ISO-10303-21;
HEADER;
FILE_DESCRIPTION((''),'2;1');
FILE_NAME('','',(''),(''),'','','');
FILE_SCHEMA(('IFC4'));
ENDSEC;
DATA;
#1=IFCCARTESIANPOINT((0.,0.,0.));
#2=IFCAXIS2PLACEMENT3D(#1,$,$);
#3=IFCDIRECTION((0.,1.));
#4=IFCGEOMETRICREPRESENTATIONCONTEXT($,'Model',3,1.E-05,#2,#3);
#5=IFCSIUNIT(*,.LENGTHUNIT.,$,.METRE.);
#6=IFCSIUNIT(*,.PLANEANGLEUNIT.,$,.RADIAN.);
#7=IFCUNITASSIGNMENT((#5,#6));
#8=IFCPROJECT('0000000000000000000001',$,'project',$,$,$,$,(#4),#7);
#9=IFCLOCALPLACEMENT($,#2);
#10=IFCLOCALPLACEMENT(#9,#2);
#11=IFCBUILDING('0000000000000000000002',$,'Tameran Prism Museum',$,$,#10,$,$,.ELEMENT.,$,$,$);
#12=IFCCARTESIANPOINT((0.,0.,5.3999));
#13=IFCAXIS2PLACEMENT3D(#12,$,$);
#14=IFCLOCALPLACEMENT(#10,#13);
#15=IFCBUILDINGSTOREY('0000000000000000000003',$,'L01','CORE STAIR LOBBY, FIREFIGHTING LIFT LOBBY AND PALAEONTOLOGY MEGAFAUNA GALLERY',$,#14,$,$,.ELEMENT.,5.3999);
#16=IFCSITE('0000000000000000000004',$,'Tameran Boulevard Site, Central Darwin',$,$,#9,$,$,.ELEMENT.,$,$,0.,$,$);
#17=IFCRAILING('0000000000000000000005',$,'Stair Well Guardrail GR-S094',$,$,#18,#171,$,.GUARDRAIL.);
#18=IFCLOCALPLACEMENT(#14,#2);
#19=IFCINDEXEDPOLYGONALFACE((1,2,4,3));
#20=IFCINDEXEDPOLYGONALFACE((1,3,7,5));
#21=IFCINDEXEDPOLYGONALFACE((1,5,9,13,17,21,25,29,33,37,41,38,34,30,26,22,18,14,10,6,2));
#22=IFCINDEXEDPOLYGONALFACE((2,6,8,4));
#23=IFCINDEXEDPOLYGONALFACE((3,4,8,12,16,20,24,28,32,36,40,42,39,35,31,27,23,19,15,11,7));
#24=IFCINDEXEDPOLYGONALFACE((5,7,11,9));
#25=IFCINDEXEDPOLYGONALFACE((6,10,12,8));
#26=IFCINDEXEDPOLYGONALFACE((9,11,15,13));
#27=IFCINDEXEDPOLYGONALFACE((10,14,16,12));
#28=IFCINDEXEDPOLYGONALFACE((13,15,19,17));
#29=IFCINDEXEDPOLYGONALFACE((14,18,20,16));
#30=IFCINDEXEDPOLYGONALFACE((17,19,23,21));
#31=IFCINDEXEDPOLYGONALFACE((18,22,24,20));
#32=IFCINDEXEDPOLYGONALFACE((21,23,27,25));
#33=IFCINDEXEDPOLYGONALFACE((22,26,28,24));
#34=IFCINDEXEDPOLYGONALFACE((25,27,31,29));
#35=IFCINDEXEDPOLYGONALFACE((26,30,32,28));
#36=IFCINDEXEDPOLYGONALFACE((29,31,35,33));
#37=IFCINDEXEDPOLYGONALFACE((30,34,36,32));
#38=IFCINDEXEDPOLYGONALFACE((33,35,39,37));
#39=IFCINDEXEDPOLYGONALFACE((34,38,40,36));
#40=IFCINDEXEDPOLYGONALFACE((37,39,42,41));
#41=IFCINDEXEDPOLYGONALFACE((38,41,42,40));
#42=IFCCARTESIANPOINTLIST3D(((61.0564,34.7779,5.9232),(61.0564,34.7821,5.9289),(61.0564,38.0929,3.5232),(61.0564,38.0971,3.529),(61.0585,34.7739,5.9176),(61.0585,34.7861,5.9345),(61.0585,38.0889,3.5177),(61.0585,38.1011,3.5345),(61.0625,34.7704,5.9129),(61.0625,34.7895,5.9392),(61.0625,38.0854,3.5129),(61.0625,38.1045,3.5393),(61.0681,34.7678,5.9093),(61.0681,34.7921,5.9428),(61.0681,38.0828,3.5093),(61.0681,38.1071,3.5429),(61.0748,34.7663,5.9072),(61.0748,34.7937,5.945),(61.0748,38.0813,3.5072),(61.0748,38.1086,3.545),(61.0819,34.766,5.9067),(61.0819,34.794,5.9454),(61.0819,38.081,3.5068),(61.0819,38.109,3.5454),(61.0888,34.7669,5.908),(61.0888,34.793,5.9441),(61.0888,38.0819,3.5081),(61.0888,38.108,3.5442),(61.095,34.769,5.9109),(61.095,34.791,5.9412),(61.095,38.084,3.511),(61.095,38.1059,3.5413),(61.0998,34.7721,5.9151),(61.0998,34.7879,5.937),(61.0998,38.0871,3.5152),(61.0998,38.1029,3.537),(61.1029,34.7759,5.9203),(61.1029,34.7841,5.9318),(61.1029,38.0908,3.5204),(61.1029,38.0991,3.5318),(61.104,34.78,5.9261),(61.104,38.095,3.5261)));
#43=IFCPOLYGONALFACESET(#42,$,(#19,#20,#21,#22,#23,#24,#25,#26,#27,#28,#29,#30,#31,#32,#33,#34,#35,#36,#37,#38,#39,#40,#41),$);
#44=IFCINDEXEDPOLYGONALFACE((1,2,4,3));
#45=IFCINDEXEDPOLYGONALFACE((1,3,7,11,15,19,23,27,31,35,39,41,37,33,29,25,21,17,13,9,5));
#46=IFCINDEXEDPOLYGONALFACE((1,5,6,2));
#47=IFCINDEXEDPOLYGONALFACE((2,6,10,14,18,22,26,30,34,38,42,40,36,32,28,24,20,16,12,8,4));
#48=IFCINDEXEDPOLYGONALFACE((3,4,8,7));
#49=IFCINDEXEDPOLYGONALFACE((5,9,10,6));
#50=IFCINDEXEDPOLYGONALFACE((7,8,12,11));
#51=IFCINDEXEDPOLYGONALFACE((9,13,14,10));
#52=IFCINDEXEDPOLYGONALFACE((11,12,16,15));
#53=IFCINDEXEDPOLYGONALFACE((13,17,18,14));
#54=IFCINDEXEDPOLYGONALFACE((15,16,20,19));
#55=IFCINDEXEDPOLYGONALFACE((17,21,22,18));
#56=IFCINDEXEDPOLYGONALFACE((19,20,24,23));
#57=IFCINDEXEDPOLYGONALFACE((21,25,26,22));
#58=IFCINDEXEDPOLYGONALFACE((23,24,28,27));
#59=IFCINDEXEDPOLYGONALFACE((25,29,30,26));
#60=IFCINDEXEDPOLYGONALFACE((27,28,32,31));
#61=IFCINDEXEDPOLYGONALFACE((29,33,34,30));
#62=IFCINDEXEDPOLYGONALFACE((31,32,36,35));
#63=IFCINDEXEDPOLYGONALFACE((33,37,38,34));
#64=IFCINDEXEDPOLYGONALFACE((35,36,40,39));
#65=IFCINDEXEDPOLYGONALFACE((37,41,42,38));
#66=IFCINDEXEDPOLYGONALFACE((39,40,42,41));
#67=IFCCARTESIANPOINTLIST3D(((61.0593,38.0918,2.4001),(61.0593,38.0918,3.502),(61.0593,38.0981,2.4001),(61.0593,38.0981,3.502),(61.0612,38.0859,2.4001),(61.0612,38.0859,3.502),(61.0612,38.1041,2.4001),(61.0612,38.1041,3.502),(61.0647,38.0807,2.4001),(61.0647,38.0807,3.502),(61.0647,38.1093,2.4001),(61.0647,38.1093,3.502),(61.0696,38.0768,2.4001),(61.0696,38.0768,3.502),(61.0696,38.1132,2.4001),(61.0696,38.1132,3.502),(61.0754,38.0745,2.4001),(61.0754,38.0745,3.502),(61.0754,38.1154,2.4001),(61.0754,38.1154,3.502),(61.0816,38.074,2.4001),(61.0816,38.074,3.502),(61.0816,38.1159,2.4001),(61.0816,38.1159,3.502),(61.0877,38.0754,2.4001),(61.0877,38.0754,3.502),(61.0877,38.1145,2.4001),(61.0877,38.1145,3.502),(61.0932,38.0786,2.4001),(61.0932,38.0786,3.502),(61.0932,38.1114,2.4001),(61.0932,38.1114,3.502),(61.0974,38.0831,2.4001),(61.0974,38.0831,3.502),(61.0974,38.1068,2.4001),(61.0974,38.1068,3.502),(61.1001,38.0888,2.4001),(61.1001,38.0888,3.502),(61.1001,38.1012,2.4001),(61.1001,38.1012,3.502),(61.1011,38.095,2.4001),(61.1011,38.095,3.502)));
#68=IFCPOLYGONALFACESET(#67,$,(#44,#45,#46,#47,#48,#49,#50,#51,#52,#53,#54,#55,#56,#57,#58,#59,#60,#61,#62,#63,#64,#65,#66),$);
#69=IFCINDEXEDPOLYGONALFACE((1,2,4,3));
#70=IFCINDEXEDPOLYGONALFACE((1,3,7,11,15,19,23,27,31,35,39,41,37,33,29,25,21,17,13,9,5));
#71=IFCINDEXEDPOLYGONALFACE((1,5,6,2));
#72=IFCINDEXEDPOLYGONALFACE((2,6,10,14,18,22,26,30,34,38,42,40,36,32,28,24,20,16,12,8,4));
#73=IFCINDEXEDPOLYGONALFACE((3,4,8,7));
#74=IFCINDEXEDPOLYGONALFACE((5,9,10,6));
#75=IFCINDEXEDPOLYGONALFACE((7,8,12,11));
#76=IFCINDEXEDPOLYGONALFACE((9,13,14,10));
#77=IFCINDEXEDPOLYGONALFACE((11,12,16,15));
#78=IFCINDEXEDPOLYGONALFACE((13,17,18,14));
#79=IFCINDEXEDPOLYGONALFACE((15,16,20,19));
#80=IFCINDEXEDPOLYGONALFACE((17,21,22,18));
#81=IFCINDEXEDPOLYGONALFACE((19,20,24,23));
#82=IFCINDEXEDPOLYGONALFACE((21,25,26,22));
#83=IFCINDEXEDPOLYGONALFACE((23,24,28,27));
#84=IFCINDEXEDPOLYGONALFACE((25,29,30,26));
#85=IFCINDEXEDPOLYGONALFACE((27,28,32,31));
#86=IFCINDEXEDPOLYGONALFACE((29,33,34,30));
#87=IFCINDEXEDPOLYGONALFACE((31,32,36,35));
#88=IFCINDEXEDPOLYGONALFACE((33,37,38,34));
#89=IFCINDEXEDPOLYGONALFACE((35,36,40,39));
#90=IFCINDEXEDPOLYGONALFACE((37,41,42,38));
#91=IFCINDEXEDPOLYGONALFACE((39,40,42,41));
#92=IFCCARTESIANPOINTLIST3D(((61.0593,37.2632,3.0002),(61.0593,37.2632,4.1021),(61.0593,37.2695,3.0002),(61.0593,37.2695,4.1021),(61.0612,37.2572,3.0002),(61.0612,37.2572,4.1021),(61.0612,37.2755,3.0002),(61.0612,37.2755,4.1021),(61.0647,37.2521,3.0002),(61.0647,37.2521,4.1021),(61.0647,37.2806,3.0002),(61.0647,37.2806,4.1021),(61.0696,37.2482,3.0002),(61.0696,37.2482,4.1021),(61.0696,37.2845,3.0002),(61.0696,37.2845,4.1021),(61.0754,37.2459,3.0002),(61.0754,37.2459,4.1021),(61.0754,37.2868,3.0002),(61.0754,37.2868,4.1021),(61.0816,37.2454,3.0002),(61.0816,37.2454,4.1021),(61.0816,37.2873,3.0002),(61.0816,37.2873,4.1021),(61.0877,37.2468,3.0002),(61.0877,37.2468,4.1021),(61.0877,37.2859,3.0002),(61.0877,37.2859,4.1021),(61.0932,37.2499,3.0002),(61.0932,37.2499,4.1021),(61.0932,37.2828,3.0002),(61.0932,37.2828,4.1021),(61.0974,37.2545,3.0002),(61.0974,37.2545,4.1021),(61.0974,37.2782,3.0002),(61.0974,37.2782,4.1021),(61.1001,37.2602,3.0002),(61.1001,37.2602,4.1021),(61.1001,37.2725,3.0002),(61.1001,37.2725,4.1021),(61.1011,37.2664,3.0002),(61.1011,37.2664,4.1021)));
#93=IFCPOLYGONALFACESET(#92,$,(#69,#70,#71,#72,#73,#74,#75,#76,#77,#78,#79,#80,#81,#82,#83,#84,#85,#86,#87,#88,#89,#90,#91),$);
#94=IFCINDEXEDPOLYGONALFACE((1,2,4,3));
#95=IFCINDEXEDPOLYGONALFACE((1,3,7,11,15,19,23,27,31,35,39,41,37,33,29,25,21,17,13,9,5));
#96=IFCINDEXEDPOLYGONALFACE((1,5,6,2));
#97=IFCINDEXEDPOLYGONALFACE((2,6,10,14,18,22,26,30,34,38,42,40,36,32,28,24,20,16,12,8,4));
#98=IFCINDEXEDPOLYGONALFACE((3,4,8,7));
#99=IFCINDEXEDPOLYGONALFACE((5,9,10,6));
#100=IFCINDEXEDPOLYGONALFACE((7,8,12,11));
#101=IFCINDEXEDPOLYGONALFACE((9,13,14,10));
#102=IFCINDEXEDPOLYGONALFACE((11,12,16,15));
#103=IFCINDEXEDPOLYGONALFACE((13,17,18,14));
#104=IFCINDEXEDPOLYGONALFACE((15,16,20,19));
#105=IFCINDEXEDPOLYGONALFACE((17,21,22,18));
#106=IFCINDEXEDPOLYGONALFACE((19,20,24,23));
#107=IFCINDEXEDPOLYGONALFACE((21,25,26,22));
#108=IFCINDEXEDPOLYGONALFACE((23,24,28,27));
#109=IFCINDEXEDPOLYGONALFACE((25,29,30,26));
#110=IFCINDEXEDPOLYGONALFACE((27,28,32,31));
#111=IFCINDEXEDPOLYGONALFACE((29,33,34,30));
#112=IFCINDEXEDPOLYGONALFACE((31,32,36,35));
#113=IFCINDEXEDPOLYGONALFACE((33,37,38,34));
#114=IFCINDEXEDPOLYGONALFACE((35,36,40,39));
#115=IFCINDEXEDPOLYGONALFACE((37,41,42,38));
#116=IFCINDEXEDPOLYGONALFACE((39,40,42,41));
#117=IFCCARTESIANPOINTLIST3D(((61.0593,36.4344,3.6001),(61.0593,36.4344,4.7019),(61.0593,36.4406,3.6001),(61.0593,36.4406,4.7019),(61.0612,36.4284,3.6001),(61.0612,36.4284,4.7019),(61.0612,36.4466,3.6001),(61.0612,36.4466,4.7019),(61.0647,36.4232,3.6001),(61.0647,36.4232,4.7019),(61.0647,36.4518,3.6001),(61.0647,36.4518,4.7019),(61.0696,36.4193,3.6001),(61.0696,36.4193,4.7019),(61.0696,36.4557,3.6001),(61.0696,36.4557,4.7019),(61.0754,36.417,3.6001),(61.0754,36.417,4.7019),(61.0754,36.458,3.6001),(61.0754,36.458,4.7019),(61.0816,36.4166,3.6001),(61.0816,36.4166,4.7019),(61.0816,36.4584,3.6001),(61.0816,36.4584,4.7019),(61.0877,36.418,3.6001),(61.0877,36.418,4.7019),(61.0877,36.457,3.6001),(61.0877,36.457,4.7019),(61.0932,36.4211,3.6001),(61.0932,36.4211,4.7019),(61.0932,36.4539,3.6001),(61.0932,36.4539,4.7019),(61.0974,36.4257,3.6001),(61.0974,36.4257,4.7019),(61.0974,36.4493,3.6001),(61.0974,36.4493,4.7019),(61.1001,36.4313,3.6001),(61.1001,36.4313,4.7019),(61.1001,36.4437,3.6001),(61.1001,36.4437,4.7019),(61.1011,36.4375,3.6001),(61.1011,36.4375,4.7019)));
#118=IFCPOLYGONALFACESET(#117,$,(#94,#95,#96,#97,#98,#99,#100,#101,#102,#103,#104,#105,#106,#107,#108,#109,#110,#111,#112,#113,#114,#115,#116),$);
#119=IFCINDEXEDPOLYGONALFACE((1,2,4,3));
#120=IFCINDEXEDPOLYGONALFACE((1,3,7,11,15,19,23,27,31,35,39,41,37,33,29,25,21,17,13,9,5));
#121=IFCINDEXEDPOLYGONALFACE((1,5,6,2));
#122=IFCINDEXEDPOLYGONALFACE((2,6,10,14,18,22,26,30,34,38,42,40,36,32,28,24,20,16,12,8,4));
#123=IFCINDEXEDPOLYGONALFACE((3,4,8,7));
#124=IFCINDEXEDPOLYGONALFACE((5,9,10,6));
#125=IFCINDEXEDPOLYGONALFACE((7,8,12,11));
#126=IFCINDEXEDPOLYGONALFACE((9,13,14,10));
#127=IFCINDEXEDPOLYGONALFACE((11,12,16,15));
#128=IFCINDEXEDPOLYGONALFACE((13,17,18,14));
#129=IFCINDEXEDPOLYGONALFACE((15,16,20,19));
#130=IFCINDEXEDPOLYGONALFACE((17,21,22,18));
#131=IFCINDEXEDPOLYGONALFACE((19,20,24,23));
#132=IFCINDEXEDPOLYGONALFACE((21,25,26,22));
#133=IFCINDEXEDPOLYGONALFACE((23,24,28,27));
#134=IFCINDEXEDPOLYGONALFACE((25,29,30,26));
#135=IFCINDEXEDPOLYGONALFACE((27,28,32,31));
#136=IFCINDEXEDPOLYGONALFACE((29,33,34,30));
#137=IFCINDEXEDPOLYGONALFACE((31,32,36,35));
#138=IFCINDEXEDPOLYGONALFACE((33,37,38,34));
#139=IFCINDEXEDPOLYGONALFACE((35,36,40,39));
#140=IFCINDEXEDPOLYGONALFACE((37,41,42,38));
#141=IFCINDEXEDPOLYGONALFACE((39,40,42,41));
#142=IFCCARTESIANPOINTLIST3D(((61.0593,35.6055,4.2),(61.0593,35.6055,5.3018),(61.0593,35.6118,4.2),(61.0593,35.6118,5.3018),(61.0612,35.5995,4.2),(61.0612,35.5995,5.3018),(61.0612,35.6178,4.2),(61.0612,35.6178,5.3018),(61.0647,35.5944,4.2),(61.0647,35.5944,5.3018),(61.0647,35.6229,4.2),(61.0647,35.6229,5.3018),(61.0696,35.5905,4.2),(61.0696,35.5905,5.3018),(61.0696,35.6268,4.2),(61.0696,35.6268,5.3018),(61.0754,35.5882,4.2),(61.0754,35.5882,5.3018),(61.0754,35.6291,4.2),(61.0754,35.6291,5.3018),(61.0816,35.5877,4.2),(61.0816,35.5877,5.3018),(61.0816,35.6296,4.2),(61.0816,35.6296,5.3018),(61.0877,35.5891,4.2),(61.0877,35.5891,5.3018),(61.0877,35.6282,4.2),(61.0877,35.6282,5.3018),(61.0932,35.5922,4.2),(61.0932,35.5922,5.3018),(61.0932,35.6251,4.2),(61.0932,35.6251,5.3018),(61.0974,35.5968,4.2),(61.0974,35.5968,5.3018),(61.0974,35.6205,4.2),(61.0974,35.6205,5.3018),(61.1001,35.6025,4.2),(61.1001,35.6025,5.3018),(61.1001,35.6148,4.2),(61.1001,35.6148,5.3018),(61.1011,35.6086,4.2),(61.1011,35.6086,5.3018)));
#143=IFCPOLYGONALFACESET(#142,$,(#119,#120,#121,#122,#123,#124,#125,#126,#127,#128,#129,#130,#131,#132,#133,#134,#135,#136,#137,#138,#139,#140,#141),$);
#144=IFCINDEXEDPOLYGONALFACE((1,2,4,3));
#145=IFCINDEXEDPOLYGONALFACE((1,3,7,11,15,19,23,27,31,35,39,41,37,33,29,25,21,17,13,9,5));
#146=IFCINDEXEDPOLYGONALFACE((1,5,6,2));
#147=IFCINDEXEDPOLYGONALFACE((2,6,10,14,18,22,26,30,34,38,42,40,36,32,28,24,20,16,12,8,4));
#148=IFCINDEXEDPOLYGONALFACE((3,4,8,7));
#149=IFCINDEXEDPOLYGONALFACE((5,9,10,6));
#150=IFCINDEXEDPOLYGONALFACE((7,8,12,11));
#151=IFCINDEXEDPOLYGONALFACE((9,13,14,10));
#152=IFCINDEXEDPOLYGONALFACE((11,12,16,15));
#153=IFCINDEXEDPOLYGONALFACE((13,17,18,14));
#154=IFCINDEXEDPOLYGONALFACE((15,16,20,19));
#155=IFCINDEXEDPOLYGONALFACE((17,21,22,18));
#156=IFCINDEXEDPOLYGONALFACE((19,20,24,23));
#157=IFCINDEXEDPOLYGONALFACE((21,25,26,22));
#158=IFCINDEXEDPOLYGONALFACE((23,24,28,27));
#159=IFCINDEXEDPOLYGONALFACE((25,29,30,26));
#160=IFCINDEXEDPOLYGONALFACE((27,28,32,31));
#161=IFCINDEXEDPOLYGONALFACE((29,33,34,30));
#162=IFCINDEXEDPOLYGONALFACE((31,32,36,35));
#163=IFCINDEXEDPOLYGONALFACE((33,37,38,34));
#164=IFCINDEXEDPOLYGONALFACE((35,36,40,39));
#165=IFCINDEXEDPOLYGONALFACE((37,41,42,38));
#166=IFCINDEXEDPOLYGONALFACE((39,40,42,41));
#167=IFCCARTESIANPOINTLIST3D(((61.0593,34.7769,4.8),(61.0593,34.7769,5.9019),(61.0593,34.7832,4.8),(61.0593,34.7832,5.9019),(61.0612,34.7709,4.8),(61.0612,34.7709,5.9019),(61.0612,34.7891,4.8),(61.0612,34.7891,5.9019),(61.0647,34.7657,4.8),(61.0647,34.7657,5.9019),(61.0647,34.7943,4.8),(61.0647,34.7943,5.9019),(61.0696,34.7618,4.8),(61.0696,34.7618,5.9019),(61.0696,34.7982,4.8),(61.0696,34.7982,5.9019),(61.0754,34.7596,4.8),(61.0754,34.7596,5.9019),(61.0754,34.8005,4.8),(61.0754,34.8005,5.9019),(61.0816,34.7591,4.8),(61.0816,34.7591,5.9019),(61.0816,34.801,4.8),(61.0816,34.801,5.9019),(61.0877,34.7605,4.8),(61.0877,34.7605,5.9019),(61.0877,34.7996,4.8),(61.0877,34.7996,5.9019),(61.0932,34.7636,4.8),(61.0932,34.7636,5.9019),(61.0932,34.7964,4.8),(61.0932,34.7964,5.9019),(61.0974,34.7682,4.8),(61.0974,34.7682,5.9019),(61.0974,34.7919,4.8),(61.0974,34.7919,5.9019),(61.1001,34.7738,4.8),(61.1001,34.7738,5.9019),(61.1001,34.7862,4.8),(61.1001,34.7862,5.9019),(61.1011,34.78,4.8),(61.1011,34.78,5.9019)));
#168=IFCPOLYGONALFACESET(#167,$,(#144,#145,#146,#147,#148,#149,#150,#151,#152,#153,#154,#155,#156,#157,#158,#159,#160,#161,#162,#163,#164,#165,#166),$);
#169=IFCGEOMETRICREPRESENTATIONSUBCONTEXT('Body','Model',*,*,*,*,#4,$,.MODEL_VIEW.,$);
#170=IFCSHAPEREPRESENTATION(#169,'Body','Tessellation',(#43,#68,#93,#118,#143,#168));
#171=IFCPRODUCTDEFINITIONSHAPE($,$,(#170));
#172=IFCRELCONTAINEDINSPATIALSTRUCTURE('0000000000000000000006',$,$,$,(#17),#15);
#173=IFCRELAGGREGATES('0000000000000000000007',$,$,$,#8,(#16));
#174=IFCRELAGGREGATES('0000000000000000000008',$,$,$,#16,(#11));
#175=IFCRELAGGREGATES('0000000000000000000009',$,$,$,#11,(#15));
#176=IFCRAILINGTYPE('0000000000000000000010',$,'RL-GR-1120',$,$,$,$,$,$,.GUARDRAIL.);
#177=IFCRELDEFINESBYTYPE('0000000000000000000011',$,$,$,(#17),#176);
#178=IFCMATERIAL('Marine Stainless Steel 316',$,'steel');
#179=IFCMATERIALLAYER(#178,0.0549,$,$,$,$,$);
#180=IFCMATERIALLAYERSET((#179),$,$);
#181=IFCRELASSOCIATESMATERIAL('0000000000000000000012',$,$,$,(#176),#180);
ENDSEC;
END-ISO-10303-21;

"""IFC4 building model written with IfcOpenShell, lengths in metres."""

from ifc_helpers import new_model, si_unit, direction, frame, origin, origin_2d, place, context, subcontext, project, spatial, circle, extrude, material, layer, layer_set, type_object, element, save


model = new_model("IFC4")

# Units and contexts
model_context = context("Model", 3, precision=1e-05, world=origin(), true_north=direction((0.0, 1.0)))
body_context = subcontext(model_context, "Body", "Model", "MODEL_VIEW")
ifc_project = project(units=[si_unit("LENGTHUNIT", "METRE"), si_unit("PLANEANGLEUNIT", "RADIAN")], contexts=[model_context])

# Site, building, storey
site_placement = place(None, origin())
site = spatial("IfcSite", under=ifc_project, at=site_placement, Name="Tameran Boulevard Site, Central Darwin", CompositionType="ELEMENT", RefElevation=0.0)
building_placement = place(site_placement, origin())
building = spatial("IfcBuilding", under=site, at=building_placement, Name="Tameran Prism Museum", CompositionType="ELEMENT")
storey_placement = place(building_placement, frame((0.0, 0.0, 5.3999)))
storey = spatial("IfcBuildingStorey", under=building, at=storey_placement, Name="L01", Description="CORE STAIR LOBBY, FIREFIGHTING LIFT LOBBY AND PALAEONTOLOGY MEGAFAUNA GALLERY", CompositionType="ELEMENT", Elevation=5.3999)

# Railing
ifc_material_1 = material(Name="Marine Stainless Steel 316", Category="steel")
ifc_layer_1 = layer(ifc_material_1, 0.0549)
ifc_layer_set_1 = layer_set([ifc_layer_1])
railing_type_1 = type_object("IfcRailingType", Name="RL-GR-1120", PredefinedType="GUARDRAIL", material=ifc_layer_set_1)
railing_1_placement = place(storey_placement, frame((61.0801, 38.095, 2.4001)))
element("IfcRailing", 1, at=railing_1_placement, inside=storey, type_object=railing_type_1, Name="Stair Well Guardrail GR-S094", PredefinedType="GUARDRAIL", context=body_context, shape_type="SweptSolid", body=[
    extrude(circle(Radius=0.0239, at=origin_2d()), frame((0.0, 0.0, 1.126), z_axis=(0.0, -0.810009, 0.586418), x_axis=(1.0, 0.0, 0.0)), (0.0, 0.0, 1.0), 4.0925),
    extrude(circle(Radius=0.021, at=origin_2d()), origin(), (0.0, 0.0, 1.0), 1.1018),
    extrude(circle(Radius=0.021, at=origin_2d()), frame((0.0, -0.8286, 0.6001)), (0.0, 0.0, 1.0), 1.1018),
    extrude(circle(Radius=0.021, at=origin_2d()), frame((0.0, -1.6575, 1.2)), (0.0, 0.0, 1.0), 1.1018),
    extrude(circle(Radius=0.021, at=origin_2d()), frame((0.0, -2.4863, 1.7998)), (0.0, 0.0, 1.0), 1.1018),
    extrude(circle(Radius=0.021, at=origin_2d()), frame((0.0, -3.3149, 2.3999)), (0.0, 0.0, 1.0), 1.1018),
])

save(model, "model.ifc")
